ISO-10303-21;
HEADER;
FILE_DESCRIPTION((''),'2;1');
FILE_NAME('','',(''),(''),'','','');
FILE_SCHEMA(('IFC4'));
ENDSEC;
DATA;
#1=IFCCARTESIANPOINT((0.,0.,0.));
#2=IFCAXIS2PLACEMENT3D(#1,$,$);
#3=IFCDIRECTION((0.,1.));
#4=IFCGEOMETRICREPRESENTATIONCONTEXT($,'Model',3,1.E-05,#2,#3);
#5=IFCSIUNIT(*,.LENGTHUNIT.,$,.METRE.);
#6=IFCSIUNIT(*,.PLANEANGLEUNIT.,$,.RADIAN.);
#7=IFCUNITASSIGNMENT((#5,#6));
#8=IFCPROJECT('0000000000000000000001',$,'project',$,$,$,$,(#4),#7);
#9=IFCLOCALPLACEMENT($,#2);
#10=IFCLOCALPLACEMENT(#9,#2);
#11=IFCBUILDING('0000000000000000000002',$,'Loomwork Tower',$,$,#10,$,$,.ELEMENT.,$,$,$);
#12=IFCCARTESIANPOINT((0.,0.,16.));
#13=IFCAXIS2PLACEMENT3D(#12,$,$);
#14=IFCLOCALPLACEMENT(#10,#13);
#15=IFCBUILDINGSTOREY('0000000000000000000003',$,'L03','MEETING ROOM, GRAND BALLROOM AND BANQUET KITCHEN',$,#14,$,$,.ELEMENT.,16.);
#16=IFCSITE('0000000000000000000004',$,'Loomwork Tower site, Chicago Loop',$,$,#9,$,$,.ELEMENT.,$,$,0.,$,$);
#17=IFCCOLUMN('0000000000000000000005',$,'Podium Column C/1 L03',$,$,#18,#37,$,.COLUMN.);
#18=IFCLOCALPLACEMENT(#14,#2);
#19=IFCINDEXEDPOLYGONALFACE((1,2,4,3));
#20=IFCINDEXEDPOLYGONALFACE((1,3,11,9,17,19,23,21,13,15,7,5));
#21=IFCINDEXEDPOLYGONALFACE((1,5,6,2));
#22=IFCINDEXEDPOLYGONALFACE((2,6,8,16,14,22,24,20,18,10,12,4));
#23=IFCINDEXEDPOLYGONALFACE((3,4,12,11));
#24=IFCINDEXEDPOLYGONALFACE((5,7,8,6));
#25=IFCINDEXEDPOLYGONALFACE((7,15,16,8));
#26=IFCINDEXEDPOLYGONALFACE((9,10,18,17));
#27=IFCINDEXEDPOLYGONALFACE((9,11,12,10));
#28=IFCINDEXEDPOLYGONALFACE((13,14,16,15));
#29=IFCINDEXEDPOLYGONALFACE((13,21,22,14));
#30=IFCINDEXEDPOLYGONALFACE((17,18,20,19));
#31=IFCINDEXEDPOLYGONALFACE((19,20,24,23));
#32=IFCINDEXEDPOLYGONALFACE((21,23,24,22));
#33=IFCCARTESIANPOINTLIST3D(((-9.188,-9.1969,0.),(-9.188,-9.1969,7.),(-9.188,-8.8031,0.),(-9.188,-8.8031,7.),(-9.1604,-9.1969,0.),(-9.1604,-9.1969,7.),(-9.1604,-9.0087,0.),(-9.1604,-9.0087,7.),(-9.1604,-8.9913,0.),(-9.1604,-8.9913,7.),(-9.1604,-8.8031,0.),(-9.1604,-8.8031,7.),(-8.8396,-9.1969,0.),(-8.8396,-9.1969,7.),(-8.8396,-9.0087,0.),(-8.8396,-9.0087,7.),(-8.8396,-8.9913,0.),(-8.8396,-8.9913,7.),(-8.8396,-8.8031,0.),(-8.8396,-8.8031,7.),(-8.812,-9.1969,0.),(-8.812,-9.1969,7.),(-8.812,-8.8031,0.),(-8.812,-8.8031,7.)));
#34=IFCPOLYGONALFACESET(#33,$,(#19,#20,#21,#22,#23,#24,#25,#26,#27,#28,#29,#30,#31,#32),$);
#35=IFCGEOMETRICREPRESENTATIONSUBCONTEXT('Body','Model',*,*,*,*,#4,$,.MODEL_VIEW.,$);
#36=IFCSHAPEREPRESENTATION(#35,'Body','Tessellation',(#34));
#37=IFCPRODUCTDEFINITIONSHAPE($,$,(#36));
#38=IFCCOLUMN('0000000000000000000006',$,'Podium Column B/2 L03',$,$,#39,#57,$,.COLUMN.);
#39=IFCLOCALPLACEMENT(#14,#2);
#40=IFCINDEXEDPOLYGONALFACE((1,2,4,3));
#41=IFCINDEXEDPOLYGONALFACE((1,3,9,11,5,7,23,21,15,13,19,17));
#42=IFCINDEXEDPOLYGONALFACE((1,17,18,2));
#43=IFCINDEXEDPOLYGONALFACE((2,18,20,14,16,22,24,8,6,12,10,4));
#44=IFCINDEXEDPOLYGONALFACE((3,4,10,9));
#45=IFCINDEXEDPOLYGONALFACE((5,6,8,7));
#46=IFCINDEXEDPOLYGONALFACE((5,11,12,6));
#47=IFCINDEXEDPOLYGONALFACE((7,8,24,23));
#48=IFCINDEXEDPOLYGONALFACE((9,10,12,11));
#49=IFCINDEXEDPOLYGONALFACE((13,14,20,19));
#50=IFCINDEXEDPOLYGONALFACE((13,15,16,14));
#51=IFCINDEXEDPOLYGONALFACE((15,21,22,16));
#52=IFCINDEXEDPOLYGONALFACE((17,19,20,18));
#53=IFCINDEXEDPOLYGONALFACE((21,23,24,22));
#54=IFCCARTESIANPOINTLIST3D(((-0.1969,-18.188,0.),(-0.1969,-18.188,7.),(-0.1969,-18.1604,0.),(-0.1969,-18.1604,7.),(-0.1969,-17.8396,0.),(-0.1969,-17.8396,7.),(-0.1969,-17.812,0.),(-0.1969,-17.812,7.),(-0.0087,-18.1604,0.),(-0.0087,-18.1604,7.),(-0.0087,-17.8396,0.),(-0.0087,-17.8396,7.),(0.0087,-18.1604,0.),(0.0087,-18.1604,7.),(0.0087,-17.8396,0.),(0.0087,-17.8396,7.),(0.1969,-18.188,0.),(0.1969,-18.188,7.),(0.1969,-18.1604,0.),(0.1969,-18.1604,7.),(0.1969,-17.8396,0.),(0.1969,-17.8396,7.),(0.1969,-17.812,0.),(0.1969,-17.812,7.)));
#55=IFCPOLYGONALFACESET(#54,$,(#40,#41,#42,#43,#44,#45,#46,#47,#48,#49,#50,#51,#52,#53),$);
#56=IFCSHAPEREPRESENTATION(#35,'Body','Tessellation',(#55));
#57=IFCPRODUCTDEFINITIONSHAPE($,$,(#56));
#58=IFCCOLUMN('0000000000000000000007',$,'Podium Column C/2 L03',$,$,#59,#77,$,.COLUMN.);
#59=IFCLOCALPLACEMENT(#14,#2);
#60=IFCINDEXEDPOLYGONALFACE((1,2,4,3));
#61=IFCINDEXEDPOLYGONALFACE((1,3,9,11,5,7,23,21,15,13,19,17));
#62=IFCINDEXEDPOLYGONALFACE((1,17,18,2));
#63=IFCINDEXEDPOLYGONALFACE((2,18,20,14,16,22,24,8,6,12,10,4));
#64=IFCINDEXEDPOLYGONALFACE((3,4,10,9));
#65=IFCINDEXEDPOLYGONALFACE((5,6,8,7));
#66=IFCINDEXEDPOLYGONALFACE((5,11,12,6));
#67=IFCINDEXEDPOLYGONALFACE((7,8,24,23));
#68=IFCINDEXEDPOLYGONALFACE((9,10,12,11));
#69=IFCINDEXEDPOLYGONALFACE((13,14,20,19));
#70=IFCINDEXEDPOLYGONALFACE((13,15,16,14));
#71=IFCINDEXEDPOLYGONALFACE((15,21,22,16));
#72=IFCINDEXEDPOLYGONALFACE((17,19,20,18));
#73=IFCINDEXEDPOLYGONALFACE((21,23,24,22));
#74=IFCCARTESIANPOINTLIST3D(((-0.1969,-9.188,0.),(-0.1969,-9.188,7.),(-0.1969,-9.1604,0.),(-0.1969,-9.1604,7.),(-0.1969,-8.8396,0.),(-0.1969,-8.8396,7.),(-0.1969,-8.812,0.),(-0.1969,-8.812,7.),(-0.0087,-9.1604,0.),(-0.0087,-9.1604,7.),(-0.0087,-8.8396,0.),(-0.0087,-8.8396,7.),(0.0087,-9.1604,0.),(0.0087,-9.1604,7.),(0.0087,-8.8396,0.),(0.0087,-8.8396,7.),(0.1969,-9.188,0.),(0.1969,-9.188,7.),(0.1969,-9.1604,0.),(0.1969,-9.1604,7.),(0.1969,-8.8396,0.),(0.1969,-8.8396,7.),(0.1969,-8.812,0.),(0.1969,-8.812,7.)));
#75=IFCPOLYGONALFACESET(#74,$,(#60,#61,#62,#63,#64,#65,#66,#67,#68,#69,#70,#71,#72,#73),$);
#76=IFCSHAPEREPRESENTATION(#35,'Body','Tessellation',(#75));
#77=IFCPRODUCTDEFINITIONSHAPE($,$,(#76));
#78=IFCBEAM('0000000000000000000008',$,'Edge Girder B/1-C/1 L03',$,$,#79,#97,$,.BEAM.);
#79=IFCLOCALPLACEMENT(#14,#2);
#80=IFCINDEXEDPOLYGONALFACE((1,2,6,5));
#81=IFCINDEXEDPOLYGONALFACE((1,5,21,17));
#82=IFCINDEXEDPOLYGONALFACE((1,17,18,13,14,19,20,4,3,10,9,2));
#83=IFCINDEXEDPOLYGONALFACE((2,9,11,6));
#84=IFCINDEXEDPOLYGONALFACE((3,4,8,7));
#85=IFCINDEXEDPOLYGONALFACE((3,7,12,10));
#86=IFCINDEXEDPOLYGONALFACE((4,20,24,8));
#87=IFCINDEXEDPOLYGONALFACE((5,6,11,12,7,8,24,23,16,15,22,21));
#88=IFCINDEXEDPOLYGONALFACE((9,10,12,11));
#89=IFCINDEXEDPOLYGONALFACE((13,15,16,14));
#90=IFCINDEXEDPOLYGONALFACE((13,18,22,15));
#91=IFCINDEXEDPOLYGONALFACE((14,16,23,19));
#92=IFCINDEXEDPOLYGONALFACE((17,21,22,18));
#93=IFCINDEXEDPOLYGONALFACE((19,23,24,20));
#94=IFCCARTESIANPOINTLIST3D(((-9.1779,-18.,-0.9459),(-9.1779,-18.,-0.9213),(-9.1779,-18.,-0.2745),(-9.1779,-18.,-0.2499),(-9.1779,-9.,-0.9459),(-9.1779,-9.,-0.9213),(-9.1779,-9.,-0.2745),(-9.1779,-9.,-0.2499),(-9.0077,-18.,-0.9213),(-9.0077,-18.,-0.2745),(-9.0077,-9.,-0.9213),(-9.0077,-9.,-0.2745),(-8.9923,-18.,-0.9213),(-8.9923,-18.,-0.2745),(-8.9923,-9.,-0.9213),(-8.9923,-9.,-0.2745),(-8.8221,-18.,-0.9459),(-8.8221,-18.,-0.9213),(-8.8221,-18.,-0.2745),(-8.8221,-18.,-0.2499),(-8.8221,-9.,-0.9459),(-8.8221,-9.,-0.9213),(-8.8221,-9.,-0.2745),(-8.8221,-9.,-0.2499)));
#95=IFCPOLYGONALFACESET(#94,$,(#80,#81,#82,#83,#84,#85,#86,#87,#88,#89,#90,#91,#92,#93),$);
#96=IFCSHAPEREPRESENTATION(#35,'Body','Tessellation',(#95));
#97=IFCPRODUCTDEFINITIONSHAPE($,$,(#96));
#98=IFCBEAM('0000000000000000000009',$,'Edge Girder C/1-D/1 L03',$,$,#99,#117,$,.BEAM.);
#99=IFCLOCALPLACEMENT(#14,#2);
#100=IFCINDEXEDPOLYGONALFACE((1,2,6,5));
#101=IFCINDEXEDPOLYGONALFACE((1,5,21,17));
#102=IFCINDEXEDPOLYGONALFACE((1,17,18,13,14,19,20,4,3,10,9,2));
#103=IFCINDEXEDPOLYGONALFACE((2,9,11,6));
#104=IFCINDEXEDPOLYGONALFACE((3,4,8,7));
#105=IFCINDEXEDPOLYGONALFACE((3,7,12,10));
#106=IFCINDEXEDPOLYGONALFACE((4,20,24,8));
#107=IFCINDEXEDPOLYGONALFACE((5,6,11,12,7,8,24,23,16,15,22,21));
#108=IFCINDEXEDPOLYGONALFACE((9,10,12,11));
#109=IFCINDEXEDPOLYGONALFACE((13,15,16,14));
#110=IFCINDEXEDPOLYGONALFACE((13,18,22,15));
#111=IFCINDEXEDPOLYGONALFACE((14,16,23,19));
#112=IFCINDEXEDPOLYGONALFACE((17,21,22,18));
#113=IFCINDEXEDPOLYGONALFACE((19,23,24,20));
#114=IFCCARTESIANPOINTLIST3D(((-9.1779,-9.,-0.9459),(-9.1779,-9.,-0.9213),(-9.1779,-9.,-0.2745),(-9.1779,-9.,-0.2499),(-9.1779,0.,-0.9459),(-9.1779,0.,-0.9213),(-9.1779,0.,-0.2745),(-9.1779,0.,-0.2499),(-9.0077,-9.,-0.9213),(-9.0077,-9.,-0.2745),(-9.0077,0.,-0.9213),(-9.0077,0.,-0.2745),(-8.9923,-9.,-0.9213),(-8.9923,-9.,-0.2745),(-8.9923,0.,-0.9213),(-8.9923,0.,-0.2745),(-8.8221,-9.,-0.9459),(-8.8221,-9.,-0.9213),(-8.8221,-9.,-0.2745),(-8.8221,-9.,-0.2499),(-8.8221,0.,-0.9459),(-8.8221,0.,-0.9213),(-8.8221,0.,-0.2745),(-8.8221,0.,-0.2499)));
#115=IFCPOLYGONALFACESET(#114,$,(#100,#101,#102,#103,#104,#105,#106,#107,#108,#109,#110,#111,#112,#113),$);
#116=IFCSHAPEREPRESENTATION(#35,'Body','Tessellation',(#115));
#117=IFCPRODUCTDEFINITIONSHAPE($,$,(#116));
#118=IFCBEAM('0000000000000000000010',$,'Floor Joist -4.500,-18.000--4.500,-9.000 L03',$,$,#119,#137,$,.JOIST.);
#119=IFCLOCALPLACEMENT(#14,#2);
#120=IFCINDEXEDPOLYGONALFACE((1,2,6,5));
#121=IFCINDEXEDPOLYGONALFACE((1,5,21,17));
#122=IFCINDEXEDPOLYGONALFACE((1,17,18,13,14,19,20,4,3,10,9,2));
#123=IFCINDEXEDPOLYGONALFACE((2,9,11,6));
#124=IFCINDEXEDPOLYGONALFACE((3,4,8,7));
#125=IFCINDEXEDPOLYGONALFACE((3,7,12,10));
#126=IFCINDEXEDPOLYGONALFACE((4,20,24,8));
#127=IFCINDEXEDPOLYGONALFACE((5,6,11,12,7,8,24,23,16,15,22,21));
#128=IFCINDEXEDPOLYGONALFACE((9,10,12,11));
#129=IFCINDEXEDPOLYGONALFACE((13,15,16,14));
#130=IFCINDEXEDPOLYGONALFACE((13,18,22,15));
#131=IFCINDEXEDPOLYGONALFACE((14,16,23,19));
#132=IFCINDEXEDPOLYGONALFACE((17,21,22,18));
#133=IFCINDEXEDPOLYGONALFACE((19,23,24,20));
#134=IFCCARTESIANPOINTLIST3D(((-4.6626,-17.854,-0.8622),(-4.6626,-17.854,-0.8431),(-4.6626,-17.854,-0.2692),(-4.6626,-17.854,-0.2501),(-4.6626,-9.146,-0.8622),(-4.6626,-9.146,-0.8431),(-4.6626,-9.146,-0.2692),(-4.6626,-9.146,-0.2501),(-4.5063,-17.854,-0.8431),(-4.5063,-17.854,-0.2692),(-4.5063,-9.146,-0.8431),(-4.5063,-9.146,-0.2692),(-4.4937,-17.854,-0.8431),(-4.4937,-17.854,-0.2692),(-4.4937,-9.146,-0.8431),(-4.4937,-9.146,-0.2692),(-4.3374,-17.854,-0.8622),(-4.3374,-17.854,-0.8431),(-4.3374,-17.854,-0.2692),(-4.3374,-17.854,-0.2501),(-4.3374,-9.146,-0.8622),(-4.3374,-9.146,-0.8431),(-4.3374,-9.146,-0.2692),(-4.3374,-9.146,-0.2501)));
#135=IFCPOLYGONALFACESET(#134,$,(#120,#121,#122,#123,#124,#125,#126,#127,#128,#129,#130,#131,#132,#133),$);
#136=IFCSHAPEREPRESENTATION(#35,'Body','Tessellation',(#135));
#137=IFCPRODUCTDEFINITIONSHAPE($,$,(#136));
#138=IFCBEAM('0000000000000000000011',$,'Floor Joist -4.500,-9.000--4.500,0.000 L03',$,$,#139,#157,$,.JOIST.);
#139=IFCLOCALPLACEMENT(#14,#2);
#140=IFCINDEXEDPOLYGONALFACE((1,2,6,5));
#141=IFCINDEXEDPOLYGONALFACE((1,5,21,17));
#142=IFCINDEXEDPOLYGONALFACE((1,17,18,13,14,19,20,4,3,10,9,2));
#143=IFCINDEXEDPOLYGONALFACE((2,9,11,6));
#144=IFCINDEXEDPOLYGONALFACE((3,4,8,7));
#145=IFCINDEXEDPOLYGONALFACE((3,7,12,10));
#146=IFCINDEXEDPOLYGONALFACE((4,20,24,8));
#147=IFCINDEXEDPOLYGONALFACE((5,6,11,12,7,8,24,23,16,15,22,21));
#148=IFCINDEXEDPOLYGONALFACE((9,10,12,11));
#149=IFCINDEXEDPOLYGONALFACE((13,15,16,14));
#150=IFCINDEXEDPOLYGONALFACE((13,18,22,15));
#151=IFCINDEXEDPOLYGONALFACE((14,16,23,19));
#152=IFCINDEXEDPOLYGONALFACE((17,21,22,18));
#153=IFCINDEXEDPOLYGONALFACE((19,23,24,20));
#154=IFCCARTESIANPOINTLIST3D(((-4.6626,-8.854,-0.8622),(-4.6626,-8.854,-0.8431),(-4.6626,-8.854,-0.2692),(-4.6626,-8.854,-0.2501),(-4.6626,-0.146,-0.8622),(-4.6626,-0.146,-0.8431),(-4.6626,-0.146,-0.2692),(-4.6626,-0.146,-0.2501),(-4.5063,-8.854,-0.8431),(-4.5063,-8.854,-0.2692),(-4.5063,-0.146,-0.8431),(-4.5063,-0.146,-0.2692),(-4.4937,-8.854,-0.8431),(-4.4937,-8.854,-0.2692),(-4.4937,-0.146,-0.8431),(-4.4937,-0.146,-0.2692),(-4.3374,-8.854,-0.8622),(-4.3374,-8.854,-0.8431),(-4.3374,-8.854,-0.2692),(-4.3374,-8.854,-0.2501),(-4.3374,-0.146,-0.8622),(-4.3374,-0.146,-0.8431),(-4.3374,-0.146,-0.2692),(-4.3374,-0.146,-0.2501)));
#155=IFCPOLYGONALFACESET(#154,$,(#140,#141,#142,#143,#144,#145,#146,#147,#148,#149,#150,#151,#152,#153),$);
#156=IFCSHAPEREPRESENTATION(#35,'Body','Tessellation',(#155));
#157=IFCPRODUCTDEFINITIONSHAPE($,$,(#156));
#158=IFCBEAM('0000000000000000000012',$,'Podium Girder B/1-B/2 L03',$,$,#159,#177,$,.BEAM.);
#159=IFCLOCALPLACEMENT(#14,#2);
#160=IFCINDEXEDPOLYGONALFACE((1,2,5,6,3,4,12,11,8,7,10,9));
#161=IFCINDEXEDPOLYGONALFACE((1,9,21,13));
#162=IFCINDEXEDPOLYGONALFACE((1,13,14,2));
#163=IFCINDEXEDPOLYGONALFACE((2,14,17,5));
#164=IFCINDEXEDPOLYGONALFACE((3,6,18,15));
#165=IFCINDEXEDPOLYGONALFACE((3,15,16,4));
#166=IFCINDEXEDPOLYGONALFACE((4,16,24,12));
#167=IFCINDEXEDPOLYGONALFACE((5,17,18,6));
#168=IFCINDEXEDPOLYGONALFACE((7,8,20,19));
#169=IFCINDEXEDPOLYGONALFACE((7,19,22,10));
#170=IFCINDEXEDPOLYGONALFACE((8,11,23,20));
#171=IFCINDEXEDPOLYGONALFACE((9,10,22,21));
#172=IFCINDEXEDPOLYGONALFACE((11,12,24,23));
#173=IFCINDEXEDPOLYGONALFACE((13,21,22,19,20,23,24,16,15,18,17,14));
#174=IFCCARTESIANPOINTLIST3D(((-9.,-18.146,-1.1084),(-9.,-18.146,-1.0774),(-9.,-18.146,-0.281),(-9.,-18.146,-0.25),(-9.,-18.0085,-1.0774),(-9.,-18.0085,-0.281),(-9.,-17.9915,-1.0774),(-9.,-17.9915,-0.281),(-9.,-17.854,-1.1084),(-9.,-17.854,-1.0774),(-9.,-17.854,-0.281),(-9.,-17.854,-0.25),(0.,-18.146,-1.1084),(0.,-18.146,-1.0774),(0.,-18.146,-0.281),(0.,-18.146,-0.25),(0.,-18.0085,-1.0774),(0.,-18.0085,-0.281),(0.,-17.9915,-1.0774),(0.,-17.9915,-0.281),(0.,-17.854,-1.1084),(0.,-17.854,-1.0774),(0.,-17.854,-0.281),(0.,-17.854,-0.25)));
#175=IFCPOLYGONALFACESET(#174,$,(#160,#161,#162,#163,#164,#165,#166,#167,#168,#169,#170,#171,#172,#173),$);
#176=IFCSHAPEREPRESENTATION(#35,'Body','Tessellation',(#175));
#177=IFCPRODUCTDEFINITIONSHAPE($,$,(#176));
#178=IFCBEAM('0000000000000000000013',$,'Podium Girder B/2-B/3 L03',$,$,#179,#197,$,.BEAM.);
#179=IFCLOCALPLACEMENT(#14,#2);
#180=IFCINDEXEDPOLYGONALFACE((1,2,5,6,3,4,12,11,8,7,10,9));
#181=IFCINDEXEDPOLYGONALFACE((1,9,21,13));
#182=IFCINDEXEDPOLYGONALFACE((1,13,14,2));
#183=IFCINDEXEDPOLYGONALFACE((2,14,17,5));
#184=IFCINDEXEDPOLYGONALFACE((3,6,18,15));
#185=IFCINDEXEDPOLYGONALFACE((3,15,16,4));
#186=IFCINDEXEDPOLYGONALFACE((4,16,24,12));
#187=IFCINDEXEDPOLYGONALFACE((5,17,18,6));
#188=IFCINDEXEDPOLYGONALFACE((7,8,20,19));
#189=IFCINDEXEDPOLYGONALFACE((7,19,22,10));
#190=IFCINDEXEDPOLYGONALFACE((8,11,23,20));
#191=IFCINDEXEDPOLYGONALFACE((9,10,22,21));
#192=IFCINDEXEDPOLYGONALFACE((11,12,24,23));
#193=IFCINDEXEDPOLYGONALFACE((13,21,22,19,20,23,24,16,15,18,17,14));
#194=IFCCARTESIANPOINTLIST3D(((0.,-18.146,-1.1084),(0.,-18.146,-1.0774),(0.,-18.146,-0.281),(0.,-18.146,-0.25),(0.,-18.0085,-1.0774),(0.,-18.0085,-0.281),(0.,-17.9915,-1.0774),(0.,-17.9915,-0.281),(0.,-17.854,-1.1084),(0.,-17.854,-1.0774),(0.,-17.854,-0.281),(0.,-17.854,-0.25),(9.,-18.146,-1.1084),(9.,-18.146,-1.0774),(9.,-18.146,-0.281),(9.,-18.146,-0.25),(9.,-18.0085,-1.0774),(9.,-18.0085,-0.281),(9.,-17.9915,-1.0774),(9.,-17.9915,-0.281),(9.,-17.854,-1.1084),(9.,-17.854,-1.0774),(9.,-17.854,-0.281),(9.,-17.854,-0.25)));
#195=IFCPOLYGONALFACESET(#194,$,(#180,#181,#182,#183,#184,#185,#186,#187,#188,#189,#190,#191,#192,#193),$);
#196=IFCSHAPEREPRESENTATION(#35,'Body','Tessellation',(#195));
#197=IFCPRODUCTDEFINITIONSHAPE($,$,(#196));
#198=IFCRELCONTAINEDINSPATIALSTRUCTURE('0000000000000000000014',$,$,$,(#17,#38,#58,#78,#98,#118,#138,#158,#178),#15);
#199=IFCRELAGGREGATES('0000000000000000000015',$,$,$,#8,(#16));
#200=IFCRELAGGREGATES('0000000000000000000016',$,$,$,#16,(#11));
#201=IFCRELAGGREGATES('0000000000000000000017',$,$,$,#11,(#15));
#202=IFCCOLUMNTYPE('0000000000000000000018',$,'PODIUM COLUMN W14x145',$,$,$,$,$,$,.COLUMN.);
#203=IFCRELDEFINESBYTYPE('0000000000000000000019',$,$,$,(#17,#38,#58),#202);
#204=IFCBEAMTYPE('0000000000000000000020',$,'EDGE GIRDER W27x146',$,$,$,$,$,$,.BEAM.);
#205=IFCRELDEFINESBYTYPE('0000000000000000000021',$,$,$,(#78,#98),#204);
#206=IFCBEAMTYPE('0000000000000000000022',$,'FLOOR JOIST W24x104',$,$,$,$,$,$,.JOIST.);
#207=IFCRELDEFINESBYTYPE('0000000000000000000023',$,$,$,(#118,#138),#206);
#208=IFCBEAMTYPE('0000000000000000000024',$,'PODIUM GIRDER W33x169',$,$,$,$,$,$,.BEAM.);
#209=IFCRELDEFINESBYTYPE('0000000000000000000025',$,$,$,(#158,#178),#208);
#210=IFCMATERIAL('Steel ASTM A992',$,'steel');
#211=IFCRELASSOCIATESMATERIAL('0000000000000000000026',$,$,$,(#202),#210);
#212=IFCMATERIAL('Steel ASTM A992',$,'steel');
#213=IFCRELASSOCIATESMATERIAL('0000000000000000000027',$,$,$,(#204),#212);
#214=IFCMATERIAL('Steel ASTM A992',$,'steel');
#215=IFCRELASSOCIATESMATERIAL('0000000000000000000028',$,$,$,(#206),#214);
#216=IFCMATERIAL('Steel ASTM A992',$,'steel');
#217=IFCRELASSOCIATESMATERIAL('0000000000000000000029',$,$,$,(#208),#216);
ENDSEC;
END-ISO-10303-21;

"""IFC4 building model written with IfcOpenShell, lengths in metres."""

from ifc_helpers import new_model, si_unit, direction, frame, origin, origin_2d, place, context, subcontext, project, spatial, i_section, extrude, material, material_profile, profile_set, type_object, element, save


model = new_model("IFC4")

# Units and contexts
model_context = context("Model", 3, precision=1e-05, world=origin(), true_north=direction((0.0, 1.0)))
body_context = subcontext(model_context, "Body", "Model", "MODEL_VIEW")
ifc_project = project(units=[si_unit("LENGTHUNIT", "METRE"), si_unit("PLANEANGLEUNIT", "RADIAN")], contexts=[model_context])

# Site, building, storey
site_placement = place(None, origin())
site = spatial("IfcSite", under=ifc_project, at=site_placement, Name="Loomwork Tower site, Chicago Loop", CompositionType="ELEMENT", RefElevation=0.0)
building_placement = place(site_placement, origin())
building = spatial("IfcBuilding", under=site, at=building_placement, Name="Loomwork Tower", CompositionType="ELEMENT")
storey_placement = place(building_placement, frame((0.0, 0.0, 16.0)))
storey = spatial("IfcBuildingStorey", under=building, at=storey_placement, Name="L03", Description="MEETING ROOM, GRAND BALLROOM AND BANQUET KITCHEN", CompositionType="ELEMENT", Elevation=16.0)

# Columns
ifc_material_1 = material(Name="Steel ASTM A992", Category="steel")
ifc_material_profile_1 = material_profile(ifc_material_1, i_section(OverallWidth=0.3938, OverallDepth=0.376, WebThickness=0.0173, FlangeThickness=0.0276, at=origin_2d()), Name="W14x145")
ifc_profile_set_1 = profile_set([ifc_material_profile_1], Name="Steel ASTM A992")
column_type = type_object("IfcColumnType", Name="PODIUM COLUMN W14x145", PredefinedType="COLUMN", material=ifc_profile_set_1)
for number, where, z_axis, x_axis, name in (
    (1, (-9.0, -9.0, 0.0), (0.0, 0.0, 1.0), (0.0, 1.0, 0.0), "Podium Column C/1 L03"),
    (2, (0.0, -18.0, 0.0), (0.0, 0.0, 1.0), (1.0, 0.0, 0.0), "Podium Column B/2 L03"),
    (3, (0.0, -9.0, 0.0), (0.0, 0.0, 1.0), (1.0, 0.0, 0.0), "Podium Column C/2 L03"),
):
    element("IfcColumn", number, at=place(storey_placement, frame(where, z_axis=z_axis, x_axis=x_axis)), inside=storey, type_object=column_type, Name=name, PredefinedType="COLUMN", context=body_context, shape_type="SweptSolid", body=[
        extrude(i_section(OverallWidth=0.3938, OverallDepth=0.376, WebThickness=0.0173, FlangeThickness=0.0276, at=origin_2d()), origin(), (0.0, 0.0, 1.0), 7.0),
    ])

# Beams
ifc_material_2 = material(Name="Steel ASTM A992", Category="steel")
ifc_material_profile_2 = material_profile(ifc_material_2, i_section(OverallWidth=0.3557, OverallDepth=0.696, WebThickness=0.0154, FlangeThickness=0.0247, at=origin_2d()), Name="W27x146")
ifc_profile_set_2 = profile_set([ifc_material_profile_2], Name="Steel ASTM A992")
beam_type_1 = type_object("IfcBeamType", Name="EDGE GIRDER W27x146", PredefinedType="BEAM", material=ifc_profile_set_2)
for number, where, z_axis, x_axis, name in (
    (4, (-9.0, -18.0, -0.5979), (0.0, 1.0, 0.0), (-1.0, 0.0, 0.0), "Edge Girder B/1-C/1 L03"),
    (5, (-9.0, -9.0, -0.5979), (0.0, 1.0, 0.0), (-1.0, 0.0, 0.0), "Edge Girder C/1-D/1 L03"),
):
    element("IfcBeam", number, at=place(storey_placement, frame(where, z_axis=z_axis, x_axis=x_axis)), inside=storey, type_object=beam_type_1, Name=name, PredefinedType="BEAM", context=body_context, shape_type="SweptSolid", body=[
        extrude(i_section(OverallWidth=0.3557, OverallDepth=0.696, WebThickness=0.0154, FlangeThickness=0.0247, at=origin_2d()), origin(), (0.0, 0.0, 1.0), 9.0),
    ])
ifc_material_3 = material(Name="Steel ASTM A992", Category="steel")
ifc_material_profile_3 = material_profile(ifc_material_3, i_section(OverallWidth=0.3252, OverallDepth=0.6121, WebThickness=0.0127, FlangeThickness=0.019, at=origin_2d()), Name="W24x104")
ifc_profile_set_3 = profile_set([ifc_material_profile_3], Name="Steel ASTM A992")
beam_type_2 = type_object("IfcBeamType", Name="FLOOR JOIST W24x104", PredefinedType="JOIST", material=ifc_profile_set_3)
for number, where, z_axis, x_axis, name in (
    (6, (-4.5, -17.854, -0.5562), (0.0, 1.0, 0.0), (-1.0, 0.0, 0.0), "Floor Joist -4.500,-18.000--4.500,-9.000 L03"),
    (7, (-4.5, -8.854, -0.5562), (0.0, 1.0, 0.0), (-1.0, 0.0, 0.0), "Floor Joist -4.500,-9.000--4.500,0.000 L03"),
):
    element("IfcBeam", number, at=place(storey_placement, frame(where, z_axis=z_axis, x_axis=x_axis)), inside=storey, type_object=beam_type_2, Name=name, PredefinedType="JOIST", context=body_context, shape_type="SweptSolid", body=[
        extrude(i_section(OverallWidth=0.3252, OverallDepth=0.6121, WebThickness=0.0127, FlangeThickness=0.019, at=origin_2d()), origin(), (0.0, 0.0, 1.0), 8.708),
    ])
ifc_material_4 = material(Name="Steel ASTM A992", Category="steel")
ifc_material_profile_4 = material_profile(ifc_material_4, i_section(OverallWidth=0.292, OverallDepth=0.8584, WebThickness=0.0171, FlangeThickness=0.031, at=origin_2d()), Name="W33x169")
ifc_profile_set_4 = profile_set([ifc_material_profile_4], Name="Steel ASTM A992")
beam_type_3 = type_object("IfcBeamType", Name="PODIUM GIRDER W33x169", PredefinedType="BEAM", material=ifc_profile_set_4)
for number, where, z_axis, x_axis, name in (
    (8, (-9.0, -18.0, -0.6792), (1.0, 0.0, 0.0), (0.0, 1.0, 0.0), "Podium Girder B/1-B/2 L03"),
    (9, (0.0, -18.0, -0.6792), (1.0, 0.0, 0.0), (0.0, 1.0, 0.0), "Podium Girder B/2-B/3 L03"),
):
    element("IfcBeam", number, at=place(storey_placement, frame(where, z_axis=z_axis, x_axis=x_axis)), inside=storey, type_object=beam_type_3, Name=name, PredefinedType="BEAM", context=body_context, shape_type="SweptSolid", body=[
        extrude(i_section(OverallWidth=0.292, OverallDepth=0.8584, WebThickness=0.0171, FlangeThickness=0.031, at=origin_2d()), origin(), (0.0, 0.0, 1.0), 9.0),
    ])

save(model, "model.ifc")
